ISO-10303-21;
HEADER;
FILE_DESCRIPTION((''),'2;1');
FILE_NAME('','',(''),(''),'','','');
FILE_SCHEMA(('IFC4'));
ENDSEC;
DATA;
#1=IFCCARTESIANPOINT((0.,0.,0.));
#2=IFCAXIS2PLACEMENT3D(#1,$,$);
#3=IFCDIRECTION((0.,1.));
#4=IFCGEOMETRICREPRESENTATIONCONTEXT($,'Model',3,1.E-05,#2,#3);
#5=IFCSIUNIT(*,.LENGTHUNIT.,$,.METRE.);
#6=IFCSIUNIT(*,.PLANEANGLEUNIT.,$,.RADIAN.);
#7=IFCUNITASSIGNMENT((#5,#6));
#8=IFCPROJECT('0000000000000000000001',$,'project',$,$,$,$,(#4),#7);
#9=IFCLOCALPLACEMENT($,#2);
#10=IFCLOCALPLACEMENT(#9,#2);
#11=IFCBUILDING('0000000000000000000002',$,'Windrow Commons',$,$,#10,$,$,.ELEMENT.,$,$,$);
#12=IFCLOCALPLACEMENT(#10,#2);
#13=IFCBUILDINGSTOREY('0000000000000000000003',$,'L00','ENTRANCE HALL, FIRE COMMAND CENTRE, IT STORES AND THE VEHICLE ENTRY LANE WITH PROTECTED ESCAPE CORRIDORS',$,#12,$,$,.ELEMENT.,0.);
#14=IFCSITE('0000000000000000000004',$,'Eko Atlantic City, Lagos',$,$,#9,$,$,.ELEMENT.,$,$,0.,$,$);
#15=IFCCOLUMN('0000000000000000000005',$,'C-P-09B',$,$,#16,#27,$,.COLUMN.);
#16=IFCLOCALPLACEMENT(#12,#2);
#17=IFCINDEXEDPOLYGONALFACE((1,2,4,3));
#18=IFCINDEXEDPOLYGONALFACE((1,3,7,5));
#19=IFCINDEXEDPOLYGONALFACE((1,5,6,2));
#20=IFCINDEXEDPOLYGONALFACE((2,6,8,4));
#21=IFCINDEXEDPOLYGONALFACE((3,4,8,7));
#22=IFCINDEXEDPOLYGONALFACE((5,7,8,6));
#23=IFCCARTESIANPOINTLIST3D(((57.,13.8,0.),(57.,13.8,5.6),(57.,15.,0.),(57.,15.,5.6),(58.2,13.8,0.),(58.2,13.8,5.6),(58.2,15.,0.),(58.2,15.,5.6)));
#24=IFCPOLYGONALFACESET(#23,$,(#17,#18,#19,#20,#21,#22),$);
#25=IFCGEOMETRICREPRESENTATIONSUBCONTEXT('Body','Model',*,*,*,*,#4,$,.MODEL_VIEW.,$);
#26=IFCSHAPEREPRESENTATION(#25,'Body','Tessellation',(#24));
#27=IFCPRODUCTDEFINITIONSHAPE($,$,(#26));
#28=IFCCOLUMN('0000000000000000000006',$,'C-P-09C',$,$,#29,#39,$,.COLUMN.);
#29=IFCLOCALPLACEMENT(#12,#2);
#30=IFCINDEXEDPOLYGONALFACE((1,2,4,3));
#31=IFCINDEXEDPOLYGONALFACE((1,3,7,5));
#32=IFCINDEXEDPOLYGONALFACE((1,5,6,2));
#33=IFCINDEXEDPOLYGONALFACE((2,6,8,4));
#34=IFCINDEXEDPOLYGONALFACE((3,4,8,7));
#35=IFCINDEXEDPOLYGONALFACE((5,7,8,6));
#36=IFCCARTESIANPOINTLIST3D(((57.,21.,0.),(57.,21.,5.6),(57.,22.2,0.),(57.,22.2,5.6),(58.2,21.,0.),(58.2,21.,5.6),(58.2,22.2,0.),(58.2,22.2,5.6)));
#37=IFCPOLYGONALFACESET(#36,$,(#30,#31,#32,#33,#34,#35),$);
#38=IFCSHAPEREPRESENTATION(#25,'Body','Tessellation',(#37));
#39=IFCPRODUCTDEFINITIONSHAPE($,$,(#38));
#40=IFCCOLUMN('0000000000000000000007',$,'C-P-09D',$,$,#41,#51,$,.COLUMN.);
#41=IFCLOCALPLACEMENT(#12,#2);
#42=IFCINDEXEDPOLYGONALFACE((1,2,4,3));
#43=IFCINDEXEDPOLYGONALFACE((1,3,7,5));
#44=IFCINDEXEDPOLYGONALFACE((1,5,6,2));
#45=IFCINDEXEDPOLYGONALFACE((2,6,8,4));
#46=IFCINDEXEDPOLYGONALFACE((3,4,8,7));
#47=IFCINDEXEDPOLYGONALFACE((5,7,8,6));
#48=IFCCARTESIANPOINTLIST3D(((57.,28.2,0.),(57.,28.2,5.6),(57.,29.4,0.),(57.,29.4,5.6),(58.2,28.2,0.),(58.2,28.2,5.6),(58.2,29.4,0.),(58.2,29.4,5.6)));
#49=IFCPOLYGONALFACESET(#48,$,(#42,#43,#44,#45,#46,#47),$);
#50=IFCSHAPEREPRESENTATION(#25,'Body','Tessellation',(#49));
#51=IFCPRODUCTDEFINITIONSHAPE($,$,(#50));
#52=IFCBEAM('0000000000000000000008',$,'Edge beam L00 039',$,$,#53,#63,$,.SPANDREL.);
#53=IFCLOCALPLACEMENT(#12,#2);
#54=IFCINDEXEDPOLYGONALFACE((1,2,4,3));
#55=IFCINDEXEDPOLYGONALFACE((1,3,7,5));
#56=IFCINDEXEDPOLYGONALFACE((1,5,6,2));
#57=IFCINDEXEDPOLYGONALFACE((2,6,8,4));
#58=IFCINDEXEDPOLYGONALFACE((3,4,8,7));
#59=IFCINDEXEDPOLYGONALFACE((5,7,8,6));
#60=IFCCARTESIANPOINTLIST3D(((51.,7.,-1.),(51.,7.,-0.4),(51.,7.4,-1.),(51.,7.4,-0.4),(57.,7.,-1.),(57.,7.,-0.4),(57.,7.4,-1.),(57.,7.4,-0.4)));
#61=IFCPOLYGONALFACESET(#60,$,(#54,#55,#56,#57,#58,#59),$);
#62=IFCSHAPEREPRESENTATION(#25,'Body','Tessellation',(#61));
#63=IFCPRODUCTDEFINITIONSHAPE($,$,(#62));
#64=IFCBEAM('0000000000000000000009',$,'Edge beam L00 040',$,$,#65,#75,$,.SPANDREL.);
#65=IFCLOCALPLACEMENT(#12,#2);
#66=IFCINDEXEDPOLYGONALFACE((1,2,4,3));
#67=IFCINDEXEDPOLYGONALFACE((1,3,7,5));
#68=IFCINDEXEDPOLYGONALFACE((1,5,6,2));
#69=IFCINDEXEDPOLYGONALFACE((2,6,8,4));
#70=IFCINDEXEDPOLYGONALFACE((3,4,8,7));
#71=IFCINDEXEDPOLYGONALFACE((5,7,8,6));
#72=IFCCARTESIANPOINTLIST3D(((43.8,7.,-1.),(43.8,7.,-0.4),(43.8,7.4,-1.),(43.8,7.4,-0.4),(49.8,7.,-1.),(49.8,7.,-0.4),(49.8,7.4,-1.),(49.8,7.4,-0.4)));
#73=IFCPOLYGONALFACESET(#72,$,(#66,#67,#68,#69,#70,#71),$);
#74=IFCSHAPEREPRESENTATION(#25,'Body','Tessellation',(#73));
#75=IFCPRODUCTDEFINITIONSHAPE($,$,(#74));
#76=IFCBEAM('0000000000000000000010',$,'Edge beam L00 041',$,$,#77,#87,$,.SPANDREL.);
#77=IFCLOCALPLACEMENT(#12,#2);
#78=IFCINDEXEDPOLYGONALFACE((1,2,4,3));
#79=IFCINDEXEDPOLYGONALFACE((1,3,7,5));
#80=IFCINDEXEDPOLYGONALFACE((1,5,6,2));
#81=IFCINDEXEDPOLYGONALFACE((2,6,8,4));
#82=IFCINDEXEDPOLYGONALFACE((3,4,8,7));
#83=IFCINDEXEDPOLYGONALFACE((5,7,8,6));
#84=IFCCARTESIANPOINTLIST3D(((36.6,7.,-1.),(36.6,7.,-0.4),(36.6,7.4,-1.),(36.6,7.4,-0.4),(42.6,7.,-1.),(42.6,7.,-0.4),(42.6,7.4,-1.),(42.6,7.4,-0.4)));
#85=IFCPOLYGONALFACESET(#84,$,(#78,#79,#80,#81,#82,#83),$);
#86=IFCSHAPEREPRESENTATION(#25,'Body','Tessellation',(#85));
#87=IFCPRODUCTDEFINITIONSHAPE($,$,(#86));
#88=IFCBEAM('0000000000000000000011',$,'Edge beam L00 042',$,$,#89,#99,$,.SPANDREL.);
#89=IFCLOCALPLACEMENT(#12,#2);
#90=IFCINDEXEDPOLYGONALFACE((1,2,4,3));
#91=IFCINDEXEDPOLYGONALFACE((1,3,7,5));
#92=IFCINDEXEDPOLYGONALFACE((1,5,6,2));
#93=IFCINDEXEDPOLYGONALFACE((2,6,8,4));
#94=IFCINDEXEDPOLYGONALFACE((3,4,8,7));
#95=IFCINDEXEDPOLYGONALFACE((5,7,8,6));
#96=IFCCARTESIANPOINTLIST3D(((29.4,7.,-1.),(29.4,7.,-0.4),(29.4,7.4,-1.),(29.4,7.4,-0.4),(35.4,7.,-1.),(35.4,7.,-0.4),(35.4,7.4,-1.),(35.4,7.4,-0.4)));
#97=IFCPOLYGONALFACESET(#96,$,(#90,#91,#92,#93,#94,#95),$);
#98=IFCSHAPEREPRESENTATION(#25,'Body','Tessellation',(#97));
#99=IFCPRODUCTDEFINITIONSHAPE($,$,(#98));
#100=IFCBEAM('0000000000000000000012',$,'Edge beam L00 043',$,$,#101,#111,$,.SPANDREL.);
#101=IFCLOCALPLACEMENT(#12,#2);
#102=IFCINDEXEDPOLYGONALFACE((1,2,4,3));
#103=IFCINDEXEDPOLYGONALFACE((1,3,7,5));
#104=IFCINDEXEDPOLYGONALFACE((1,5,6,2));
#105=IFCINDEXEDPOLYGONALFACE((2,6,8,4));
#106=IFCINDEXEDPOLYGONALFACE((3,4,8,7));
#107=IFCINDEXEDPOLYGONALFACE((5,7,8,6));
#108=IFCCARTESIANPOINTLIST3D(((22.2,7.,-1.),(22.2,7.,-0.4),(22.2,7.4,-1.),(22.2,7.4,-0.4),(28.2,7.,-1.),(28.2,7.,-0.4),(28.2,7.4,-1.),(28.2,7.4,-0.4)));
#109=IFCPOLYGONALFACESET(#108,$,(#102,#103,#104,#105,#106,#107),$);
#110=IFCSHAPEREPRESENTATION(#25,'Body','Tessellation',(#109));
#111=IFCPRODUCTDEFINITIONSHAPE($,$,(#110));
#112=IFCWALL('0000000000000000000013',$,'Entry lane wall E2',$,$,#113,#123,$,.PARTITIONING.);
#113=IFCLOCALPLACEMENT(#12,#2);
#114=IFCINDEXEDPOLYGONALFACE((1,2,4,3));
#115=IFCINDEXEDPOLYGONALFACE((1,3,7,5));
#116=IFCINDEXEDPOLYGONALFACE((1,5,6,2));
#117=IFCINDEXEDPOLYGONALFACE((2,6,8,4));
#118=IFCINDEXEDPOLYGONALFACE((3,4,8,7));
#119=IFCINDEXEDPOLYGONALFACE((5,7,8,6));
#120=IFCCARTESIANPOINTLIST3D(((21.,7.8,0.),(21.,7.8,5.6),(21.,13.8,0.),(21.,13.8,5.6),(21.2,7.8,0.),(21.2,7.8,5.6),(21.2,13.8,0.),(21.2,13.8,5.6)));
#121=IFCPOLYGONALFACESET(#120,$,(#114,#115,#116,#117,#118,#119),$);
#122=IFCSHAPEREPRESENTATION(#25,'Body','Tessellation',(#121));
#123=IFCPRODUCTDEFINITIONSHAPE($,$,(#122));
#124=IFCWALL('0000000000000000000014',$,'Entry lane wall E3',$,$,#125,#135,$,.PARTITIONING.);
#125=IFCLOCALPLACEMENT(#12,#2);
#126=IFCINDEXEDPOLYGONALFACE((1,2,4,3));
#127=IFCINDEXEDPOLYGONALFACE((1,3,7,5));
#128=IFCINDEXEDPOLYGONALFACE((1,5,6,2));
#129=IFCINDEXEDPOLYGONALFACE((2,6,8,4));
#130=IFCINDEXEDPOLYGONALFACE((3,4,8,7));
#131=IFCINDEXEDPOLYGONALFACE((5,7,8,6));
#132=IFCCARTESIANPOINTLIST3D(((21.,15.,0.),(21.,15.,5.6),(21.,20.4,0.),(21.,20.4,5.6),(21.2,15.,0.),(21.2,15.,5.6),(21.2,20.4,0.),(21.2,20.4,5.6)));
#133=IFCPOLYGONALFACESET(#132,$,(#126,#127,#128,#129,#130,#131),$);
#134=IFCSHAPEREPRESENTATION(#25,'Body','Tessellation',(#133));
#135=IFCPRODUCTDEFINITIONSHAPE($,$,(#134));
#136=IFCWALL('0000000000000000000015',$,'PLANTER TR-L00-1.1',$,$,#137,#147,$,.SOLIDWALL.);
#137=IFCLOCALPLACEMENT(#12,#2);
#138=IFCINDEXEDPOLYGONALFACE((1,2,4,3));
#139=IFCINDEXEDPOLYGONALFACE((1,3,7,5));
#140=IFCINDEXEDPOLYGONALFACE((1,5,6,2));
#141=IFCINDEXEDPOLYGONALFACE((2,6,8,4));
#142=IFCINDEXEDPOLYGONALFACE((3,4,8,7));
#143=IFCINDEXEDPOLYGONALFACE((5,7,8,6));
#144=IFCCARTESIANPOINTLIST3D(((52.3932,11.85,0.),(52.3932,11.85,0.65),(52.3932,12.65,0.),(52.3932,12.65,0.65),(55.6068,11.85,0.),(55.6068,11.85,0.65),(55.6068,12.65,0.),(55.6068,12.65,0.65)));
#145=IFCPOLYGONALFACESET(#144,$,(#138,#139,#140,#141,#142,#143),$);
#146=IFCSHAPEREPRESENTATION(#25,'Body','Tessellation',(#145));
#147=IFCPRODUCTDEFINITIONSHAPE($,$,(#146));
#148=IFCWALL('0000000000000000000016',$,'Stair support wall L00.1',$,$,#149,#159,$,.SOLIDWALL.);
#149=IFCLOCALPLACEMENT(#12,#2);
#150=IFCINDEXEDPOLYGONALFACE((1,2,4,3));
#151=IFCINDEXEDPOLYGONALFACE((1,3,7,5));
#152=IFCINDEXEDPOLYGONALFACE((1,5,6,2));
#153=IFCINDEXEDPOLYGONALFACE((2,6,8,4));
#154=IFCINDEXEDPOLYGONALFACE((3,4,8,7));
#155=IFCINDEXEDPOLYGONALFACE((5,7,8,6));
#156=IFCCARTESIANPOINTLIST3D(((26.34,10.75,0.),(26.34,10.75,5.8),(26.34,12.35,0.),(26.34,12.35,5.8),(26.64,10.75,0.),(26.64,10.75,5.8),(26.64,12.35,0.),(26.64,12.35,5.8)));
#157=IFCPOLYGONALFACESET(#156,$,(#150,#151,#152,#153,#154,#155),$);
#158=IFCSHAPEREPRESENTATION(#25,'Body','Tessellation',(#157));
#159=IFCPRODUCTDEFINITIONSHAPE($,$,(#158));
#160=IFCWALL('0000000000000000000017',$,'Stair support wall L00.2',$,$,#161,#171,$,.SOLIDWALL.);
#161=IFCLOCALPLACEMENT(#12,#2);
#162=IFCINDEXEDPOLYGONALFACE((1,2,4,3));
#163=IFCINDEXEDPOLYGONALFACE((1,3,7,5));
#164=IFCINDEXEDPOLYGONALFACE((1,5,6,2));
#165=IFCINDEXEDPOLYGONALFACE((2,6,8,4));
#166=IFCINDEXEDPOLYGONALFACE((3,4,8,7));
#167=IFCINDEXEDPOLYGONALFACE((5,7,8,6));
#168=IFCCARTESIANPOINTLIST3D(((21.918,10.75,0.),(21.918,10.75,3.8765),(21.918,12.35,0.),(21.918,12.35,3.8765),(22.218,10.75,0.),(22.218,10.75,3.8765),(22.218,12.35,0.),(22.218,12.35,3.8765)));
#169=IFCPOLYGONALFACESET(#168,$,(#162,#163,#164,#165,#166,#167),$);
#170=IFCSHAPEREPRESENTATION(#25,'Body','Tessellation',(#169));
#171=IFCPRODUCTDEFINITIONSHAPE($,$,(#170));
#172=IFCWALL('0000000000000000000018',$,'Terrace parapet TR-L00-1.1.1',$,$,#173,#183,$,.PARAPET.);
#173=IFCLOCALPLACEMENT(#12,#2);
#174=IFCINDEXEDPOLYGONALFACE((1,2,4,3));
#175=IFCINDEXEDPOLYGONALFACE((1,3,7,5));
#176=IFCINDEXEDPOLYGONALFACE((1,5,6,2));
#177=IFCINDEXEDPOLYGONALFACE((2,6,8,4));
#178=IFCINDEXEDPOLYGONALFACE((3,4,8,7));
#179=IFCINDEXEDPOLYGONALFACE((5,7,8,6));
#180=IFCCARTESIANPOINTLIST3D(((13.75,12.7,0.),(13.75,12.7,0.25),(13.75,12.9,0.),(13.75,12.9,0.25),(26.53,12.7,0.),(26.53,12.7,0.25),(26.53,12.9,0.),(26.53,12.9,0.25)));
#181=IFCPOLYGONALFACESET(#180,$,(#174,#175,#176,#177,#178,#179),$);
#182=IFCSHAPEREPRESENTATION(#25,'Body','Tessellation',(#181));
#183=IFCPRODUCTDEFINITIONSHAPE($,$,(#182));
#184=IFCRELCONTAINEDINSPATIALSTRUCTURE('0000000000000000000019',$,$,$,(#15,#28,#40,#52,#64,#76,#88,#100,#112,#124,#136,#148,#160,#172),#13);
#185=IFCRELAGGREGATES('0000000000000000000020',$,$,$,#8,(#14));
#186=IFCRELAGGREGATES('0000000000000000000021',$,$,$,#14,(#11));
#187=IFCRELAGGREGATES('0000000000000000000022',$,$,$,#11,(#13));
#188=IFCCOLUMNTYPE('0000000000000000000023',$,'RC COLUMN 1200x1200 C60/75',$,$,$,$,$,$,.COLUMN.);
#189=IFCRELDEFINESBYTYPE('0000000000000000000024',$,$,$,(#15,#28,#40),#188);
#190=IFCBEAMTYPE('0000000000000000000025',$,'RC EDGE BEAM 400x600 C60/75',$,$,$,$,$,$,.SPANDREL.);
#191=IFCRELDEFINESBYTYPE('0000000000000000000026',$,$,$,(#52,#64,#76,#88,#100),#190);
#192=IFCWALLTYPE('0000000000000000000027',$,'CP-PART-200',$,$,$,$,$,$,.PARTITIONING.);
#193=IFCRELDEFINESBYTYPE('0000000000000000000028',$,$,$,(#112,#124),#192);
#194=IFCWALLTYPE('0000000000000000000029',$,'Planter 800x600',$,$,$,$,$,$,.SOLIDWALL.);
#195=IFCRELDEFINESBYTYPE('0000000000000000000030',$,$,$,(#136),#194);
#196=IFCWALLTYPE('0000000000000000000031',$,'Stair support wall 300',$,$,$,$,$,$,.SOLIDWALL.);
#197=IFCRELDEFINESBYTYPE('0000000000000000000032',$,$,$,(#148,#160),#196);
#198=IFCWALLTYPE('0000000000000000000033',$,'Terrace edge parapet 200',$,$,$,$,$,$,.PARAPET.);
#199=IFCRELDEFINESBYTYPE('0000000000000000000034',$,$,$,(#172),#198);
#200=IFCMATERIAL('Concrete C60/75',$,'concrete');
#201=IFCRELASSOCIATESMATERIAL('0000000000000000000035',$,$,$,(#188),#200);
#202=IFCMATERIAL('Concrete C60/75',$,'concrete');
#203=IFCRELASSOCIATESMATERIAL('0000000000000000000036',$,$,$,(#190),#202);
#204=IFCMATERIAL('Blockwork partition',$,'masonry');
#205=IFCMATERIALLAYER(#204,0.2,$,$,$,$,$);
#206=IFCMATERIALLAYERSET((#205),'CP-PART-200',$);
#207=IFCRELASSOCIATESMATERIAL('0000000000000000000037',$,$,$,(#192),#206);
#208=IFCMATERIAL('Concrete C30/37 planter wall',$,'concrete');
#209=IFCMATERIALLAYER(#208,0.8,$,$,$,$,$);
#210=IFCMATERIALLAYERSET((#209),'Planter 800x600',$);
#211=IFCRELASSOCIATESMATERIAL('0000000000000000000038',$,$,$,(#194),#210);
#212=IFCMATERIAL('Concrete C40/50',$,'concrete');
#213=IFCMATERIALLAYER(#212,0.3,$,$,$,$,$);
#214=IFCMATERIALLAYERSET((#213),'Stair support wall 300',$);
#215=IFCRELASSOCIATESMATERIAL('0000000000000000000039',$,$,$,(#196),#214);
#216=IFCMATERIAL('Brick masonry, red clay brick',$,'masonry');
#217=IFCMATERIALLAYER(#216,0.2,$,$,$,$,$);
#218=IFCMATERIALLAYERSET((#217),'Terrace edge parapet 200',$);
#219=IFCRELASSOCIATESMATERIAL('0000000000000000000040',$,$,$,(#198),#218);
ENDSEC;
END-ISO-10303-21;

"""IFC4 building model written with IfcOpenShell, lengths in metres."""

from ifc_helpers import new_model, si_unit, direction, frame, frame_2d, origin, origin_2d, place, context, subcontext, project, spatial, polyline, rectangle, outline, extrude, material, layer, layer_set, material_profile, profile_set, type_object, element, save


model = new_model("IFC4")

# Units and contexts
model_context = context("Model", 3, precision=1e-05, world=origin(), true_north=direction((0.0, 1.0)))
body_context = subcontext(model_context, "Body", "Model", "MODEL_VIEW")
ifc_project = project(units=[si_unit("LENGTHUNIT", "METRE"), si_unit("PLANEANGLEUNIT", "RADIAN")], contexts=[model_context])

# Site, building, storey
site_placement = place(None, origin())
site = spatial("IfcSite", under=ifc_project, at=site_placement, Name="Eko Atlantic City, Lagos", CompositionType="ELEMENT", RefElevation=0.0)
building_placement = place(site_placement, origin())
building = spatial("IfcBuilding", under=site, at=building_placement, Name="Windrow Commons", CompositionType="ELEMENT")
storey_placement = place(building_placement, origin())
storey = spatial("IfcBuildingStorey", under=building, at=storey_placement, Name="L00", Description="ENTRANCE HALL, FIRE COMMAND CENTRE, IT STORES AND THE VEHICLE ENTRY LANE WITH PROTECTED ESCAPE CORRIDORS", CompositionType="ELEMENT", Elevation=0.0)

# Columns
ifc_material_1 = material(Name="Concrete C60/75", Category="concrete")
ifc_material_profile_1 = material_profile(ifc_material_1, rectangle(XDim=1.2, YDim=1.2, at=origin_2d()))
ifc_profile_set_1 = profile_set([ifc_material_profile_1], Name="Concrete C60/75")
column_type = type_object("IfcColumnType", Name="RC COLUMN 1200x1200 C60/75", PredefinedType="COLUMN", material=ifc_profile_set_1)
for number, where, z_axis, x_axis, name in (
    (1, (57.6, 14.4, 0.0), (0.0, 0.0, 1.0), (1.0, 0.0, 0.0), "C-P-09B"),
    (2, (57.6, 21.6, 0.0), (0.0, 0.0, 1.0), (1.0, 0.0, 0.0), "C-P-09C"),
    (3, (57.6, 28.8, 0.0), (0.0, 0.0, 1.0), (1.0, 0.0, 0.0), "C-P-09D"),
):
    element("IfcColumn", number, at=place(storey_placement, frame(where, z_axis=z_axis, x_axis=x_axis)), inside=storey, type_object=column_type, Name=name, PredefinedType="COLUMN", context=body_context, shape_type="SweptSolid", body=[
        extrude(rectangle(XDim=1.2, YDim=1.2, at=origin_2d()), origin(), (0.0, 0.0, 1.0), 5.6),
    ])

# Beams
ifc_material_2 = material(Name="Concrete C60/75", Category="concrete")
ifc_material_profile_2 = material_profile(ifc_material_2, rectangle(XDim=0.4, YDim=0.6, at=origin_2d()))
ifc_profile_set_2 = profile_set([ifc_material_profile_2], Name="Concrete C60/75")
beam_type = type_object("IfcBeamType", Name="RC EDGE BEAM 400x600 C60/75", PredefinedType="SPANDREL", material=ifc_profile_set_2)
for number, where, z_axis, x_axis, name in (
    (4, (57.0, 7.2, -0.7), (-1.0, 0.0, 0.0), (0.0, -1.0, 0.0), "Edge beam L00 039"),
    (5, (49.8, 7.2, -0.7), (-1.0, 0.0, 0.0), (0.0, -1.0, 0.0), "Edge beam L00 040"),
    (6, (42.6, 7.2, -0.7), (-1.0, 0.0, 0.0), (0.0, -1.0, 0.0), "Edge beam L00 041"),
    (7, (35.4, 7.2, -0.7), (-1.0, 0.0, 0.0), (0.0, -1.0, 0.0), "Edge beam L00 042"),
    (8, (28.2, 7.2, -0.7), (-1.0, 0.0, 0.0), (0.0, -1.0, 0.0), "Edge beam L00 043"),
):
    element("IfcBeam", number, at=place(storey_placement, frame(where, z_axis=z_axis, x_axis=x_axis)), inside=storey, type_object=beam_type, Name=name, PredefinedType="SPANDREL", context=body_context, shape_type="SweptSolid", body=[
        extrude(rectangle(XDim=0.4, YDim=0.6, at=origin_2d()), origin(), (0.0, 0.0, 1.0), 6.0),
    ])

# Walls
ifc_material_3 = material(Name="Blockwork partition", Category="masonry")
ifc_layer_1 = layer(ifc_material_3, 0.2)
ifc_layer_set_1 = layer_set([ifc_layer_1], Name="CP-PART-200")
wall_type_1 = type_object("IfcWallType", Name="CP-PART-200", PredefinedType="PARTITIONING", material=ifc_layer_set_1)
wall_1_placement = place(storey_placement, frame((21.1, 7.8, 0.0), z_axis=(0.0, 0.0, 1.0), x_axis=(0.0, 1.0, 0.0)))
element("IfcWall", 9, at=wall_1_placement, inside=storey, type_object=wall_type_1, Name="Entry lane wall E2", PredefinedType="PARTITIONING", context=body_context, shape_type="SweptSolid", body=[
    extrude(rectangle(XDim=6.0, YDim=0.2, at=frame_2d((3.0, 0.0))), origin(), (0.0, 0.0, 1.0), 5.6),
])
wall_2_placement = place(storey_placement, frame((21.1, 15.0, 0.0), z_axis=(0.0, 0.0, 1.0), x_axis=(0.0, 1.0, 0.0)))
element("IfcWall", 10, at=wall_2_placement, inside=storey, type_object=wall_type_1, Name="Entry lane wall E3", PredefinedType="PARTITIONING", context=body_context, shape_type="SweptSolid", body=[
    extrude(rectangle(XDim=5.4, YDim=0.2, at=frame_2d((2.7, 0.0))), origin(), (0.0, 0.0, 1.0), 5.6),
])
ifc_material_4 = material(Name="Concrete C30/37 planter wall", Category="concrete")
ifc_layer_2 = layer(ifc_material_4, 0.8)
ifc_layer_set_2 = layer_set([ifc_layer_2], Name="Planter 800x600")
wall_type_2 = type_object("IfcWallType", Name="Planter 800x600", PredefinedType="SOLIDWALL", material=ifc_layer_set_2)
wall_3_placement = place(storey_placement, frame((55.6068, 12.25, 0.0), z_axis=(0.0, 0.0, 1.0), x_axis=(-1.0, 0.0, 0.0)))
element("IfcWall", 11, at=wall_3_placement, inside=storey, type_object=wall_type_2, Name="PLANTER TR-L00-1.1", PredefinedType="SOLIDWALL", context=body_context, shape_type="SweptSolid", body=[
    extrude(outline(polyline([(0.0, -0.4), (3.2136, -0.4), (3.2136, 0.4), (0.0, 0.4), (0.0, -0.4)])), origin(), (0.0, 0.0, 1.0), 0.65),
])
ifc_material_5 = material(Name="Concrete C40/50", Category="concrete")
ifc_layer_3 = layer(ifc_material_5, 0.3)
ifc_layer_set_3 = layer_set([ifc_layer_3], Name="Stair support wall 300")
wall_type_3 = type_object("IfcWallType", Name="Stair support wall 300", PredefinedType="SOLIDWALL", material=ifc_layer_set_3)
wall_4_placement = place(storey_placement, frame((26.49, 12.35, 0.0), z_axis=(0.0, 0.0, 1.0), x_axis=(0.0, -1.0, 0.0)))
element("IfcWall", 12, at=wall_4_placement, inside=storey, type_object=wall_type_3, Name="Stair support wall L00.1", PredefinedType="SOLIDWALL", context=body_context, shape_type="SweptSolid", body=[
    extrude(rectangle(XDim=1.6, YDim=0.3, at=frame_2d((0.8, 0.0))), origin(), (0.0, 0.0, 1.0), 5.8),
])
wall_5_placement = place(storey_placement, frame((22.068, 12.35, 0.0), z_axis=(0.0, 0.0, 1.0), x_axis=(0.0, -1.0, 0.0)))
element("IfcWall", 13, at=wall_5_placement, inside=storey, type_object=wall_type_3, Name="Stair support wall L00.2", PredefinedType="SOLIDWALL", context=body_context, shape_type="SweptSolid", body=[
    extrude(rectangle(XDim=1.6, YDim=0.3, at=frame_2d((0.8, 0.0))), origin(), (0.0, 0.0, 1.0), 3.8765),
])
ifc_material_6 = material(Name="Brick masonry, red clay brick", Category="masonry")
ifc_layer_4 = layer(ifc_material_6, 0.2)
ifc_layer_set_4 = layer_set([ifc_layer_4], Name="Terrace edge parapet 200")
wall_type_4 = type_object("IfcWallType", Name="Terrace edge parapet 200", PredefinedType="PARAPET", material=ifc_layer_set_4)
wall_6_placement = place(storey_placement, frame((26.53, 12.8, 0.0), z_axis=(0.0, 0.0, 1.0), x_axis=(-1.0, 0.0, 0.0)))
element("IfcWall", 14, at=wall_6_placement, inside=storey, type_object=wall_type_4, Name="Terrace parapet TR-L00-1.1.1", PredefinedType="PARAPET", context=body_context, shape_type="SweptSolid", body=[
    extrude(outline(polyline([(0.0, -0.1), (12.78, -0.1), (12.78, 0.1), (0.0, 0.1), (0.0, -0.1)])), origin(), (0.0, 0.0, 1.0), 0.25),
])

save(model, "model.ifc")
